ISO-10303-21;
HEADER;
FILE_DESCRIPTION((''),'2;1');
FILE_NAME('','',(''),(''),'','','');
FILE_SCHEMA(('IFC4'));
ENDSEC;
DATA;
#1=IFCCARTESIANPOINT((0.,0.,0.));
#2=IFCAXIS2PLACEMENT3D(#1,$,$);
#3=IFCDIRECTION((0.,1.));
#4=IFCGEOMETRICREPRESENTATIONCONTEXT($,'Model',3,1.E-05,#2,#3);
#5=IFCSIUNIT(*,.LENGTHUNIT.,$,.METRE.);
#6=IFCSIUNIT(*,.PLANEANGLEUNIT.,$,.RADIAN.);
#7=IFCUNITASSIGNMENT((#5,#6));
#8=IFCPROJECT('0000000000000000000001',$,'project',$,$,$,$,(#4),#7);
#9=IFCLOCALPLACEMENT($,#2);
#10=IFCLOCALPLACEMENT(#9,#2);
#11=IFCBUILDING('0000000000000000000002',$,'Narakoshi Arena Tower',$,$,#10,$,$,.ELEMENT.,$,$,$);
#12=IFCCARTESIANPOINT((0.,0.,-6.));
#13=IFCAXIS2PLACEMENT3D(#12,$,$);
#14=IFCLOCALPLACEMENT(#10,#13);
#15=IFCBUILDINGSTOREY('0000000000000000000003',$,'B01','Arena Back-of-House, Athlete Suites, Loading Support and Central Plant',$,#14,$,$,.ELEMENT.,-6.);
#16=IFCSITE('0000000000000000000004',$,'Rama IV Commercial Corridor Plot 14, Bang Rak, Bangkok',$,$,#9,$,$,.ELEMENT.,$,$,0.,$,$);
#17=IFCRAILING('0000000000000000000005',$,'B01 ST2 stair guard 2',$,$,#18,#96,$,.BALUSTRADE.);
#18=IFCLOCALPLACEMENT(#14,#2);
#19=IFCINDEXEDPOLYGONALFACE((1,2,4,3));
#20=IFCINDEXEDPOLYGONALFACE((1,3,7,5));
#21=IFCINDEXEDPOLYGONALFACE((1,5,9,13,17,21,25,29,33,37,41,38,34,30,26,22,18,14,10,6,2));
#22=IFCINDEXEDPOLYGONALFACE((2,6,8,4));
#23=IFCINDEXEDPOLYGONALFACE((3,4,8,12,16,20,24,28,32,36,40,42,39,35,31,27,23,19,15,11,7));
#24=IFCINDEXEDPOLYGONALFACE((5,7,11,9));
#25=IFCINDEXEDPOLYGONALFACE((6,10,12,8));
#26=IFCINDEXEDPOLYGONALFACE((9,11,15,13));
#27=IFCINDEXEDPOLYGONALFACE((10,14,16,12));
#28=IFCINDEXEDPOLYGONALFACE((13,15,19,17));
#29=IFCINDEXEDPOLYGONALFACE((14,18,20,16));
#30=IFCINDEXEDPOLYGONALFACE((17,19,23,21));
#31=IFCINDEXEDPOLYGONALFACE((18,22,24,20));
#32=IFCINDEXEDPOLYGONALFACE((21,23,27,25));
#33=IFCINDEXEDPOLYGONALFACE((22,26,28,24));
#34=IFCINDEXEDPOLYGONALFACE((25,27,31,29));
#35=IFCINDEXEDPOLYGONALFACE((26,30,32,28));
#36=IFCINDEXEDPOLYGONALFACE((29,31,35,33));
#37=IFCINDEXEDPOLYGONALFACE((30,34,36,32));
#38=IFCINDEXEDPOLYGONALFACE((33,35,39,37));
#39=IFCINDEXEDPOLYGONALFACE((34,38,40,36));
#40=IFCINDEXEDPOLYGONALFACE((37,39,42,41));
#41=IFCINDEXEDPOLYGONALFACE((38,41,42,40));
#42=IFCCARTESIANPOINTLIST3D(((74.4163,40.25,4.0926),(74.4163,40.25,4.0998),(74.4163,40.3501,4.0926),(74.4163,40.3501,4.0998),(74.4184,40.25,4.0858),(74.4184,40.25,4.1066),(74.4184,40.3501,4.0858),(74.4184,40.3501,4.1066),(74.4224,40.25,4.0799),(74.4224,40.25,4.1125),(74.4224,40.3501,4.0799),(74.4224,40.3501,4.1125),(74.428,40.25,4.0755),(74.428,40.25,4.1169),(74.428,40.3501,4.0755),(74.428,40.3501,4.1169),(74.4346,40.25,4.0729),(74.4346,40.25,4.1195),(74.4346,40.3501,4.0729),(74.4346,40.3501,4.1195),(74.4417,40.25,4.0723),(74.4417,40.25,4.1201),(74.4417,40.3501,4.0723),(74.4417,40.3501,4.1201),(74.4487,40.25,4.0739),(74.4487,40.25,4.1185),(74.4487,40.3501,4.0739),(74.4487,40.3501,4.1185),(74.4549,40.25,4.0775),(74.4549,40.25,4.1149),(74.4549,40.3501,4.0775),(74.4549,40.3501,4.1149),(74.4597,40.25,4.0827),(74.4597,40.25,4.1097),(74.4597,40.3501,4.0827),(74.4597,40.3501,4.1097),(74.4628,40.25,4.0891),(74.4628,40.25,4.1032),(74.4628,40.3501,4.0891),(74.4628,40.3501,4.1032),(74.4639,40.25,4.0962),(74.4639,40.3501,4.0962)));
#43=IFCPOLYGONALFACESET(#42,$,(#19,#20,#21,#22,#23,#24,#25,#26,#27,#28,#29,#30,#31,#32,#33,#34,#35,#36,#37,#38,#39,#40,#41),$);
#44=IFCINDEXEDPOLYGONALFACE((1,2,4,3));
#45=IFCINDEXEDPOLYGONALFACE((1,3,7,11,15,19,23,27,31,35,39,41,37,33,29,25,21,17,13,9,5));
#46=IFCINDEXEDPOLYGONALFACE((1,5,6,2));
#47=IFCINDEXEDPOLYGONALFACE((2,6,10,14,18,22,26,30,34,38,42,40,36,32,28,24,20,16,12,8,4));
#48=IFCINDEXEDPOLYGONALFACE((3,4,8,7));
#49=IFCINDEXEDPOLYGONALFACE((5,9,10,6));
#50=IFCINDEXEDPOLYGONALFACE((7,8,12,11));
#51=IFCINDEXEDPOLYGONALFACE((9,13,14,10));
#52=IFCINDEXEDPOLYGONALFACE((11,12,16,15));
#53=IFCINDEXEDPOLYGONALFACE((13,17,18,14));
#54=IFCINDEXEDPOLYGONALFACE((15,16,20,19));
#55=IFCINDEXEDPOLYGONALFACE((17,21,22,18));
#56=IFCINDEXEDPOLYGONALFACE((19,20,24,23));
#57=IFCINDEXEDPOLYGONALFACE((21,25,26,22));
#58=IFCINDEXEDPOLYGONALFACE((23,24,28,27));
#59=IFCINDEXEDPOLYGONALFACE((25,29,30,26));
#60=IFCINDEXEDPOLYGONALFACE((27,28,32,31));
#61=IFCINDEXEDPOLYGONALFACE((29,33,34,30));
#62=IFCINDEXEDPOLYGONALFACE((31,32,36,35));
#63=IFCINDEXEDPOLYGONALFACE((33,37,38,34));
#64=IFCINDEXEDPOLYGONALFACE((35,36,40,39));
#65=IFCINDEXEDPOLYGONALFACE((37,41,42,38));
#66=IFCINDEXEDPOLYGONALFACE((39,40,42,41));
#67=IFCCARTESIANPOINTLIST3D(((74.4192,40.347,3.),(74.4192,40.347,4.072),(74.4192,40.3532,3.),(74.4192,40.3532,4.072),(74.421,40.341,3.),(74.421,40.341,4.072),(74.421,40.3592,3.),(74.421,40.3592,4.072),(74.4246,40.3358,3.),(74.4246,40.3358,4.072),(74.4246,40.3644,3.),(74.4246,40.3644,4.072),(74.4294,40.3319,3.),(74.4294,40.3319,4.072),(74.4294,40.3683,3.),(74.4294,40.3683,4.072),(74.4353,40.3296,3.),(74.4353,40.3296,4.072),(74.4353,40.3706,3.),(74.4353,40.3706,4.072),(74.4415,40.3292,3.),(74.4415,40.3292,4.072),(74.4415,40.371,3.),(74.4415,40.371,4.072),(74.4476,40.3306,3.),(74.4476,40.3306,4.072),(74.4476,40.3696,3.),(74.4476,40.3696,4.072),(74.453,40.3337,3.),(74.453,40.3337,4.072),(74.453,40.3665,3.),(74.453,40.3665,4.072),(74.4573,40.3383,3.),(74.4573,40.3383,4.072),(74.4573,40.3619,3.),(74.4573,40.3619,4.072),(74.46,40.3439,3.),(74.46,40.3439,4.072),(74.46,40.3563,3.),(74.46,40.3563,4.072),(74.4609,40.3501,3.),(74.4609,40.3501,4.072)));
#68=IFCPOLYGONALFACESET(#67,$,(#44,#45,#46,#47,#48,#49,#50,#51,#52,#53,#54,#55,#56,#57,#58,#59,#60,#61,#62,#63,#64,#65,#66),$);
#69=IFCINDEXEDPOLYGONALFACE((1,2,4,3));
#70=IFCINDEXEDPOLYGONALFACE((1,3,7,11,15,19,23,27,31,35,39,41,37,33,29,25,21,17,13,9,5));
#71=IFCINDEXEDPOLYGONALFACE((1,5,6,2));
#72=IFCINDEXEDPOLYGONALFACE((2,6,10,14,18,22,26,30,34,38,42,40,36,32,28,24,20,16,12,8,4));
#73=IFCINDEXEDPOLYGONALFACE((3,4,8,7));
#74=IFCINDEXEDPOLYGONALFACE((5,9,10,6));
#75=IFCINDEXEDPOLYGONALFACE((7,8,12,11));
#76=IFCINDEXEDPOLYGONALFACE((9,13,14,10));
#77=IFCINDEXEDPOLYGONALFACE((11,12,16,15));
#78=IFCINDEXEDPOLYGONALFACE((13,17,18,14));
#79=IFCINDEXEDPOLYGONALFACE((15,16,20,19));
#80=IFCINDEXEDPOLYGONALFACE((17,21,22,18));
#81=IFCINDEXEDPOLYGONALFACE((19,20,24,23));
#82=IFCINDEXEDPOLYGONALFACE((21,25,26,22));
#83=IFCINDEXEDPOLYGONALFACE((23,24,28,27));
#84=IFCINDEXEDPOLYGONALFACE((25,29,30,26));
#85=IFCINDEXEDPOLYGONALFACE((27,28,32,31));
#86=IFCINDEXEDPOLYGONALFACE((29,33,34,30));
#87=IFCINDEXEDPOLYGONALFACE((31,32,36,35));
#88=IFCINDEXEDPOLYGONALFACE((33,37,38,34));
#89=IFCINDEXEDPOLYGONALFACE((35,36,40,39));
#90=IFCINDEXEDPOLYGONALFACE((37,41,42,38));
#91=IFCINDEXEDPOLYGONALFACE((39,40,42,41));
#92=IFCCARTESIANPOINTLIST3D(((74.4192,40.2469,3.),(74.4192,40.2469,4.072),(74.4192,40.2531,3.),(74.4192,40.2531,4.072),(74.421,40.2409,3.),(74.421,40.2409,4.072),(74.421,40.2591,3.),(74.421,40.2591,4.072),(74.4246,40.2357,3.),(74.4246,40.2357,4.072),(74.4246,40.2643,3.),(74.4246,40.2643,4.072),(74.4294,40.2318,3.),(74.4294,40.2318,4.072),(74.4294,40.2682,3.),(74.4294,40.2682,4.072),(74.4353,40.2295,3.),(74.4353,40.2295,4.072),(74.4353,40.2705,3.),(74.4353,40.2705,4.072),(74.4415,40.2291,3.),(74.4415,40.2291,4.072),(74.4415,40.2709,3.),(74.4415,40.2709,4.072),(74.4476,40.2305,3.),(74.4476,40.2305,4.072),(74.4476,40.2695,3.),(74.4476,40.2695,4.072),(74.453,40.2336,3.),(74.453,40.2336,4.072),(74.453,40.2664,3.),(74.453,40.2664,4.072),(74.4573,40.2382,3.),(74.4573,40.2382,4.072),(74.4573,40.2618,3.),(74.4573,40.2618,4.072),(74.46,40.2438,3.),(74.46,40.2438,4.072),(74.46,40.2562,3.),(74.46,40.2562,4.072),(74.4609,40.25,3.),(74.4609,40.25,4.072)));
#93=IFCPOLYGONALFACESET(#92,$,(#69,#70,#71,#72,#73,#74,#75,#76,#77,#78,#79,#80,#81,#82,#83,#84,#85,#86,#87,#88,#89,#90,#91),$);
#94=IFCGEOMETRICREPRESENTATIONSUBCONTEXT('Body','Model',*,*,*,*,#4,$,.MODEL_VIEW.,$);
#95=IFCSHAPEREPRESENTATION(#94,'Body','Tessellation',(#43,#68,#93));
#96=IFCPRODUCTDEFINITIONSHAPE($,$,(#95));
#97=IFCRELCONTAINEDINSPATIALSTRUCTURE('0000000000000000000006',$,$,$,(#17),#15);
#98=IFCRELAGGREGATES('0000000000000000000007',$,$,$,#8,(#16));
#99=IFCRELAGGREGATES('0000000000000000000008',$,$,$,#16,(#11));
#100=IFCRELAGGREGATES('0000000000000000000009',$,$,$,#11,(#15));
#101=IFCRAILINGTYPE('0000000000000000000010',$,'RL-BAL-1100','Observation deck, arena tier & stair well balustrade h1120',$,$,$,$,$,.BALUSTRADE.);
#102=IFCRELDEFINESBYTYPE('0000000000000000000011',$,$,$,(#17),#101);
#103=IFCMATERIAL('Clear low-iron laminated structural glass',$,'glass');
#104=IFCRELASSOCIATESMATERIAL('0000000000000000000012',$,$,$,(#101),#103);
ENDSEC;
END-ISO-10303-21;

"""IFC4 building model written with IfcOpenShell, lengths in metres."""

from ifc_helpers import new_model, si_unit, direction, frame, origin, origin_2d, place, context, subcontext, project, spatial, circle, extrude, material, type_object, element, save


model = new_model("IFC4")

# Units and contexts
model_context = context("Model", 3, precision=1e-05, world=origin(), true_north=direction((0.0, 1.0)))
body_context = subcontext(model_context, "Body", "Model", "MODEL_VIEW")
ifc_project = project(units=[si_unit("LENGTHUNIT", "METRE"), si_unit("PLANEANGLEUNIT", "RADIAN")], contexts=[model_context])

# Site, building, storey
site_placement = place(None, origin())
site = spatial("IfcSite", under=ifc_project, at=site_placement, Name="Rama IV Commercial Corridor Plot 14, Bang Rak, Bangkok", CompositionType="ELEMENT", RefElevation=0.0)
building_placement = place(site_placement, origin())
building = spatial("IfcBuilding", under=site, at=building_placement, Name="Narakoshi Arena Tower", CompositionType="ELEMENT")
storey_placement = place(building_placement, frame((0.0, 0.0, -6.0)))
storey = spatial("IfcBuildingStorey", under=building, at=storey_placement, Name="B01", Description="Arena Back-of-House, Athlete Suites, Loading Support and Central Plant", CompositionType="ELEMENT", Elevation=-6.0)

# Railing
ifc_material_1 = material(Name="Clear low-iron laminated structural glass", Category="glass")
railing_type_1 = type_object("IfcRailingType", Name="RL-BAL-1100", Description="Observation deck, arena tier & stair well balustrade h1120", PredefinedType="BALUSTRADE", material=ifc_material_1)
railing_1_placement = place(storey_placement, frame((74.4399, 40.3501, 3.0)))
element("IfcRailing", 1, at=railing_1_placement, inside=storey, type_object=railing_type_1, Name="B01 ST2 stair guard 2", PredefinedType="BALUSTRADE", context=body_context, shape_type="SweptSolid", body=[
    extrude(circle(Radius=0.0239, at=origin_2d()), frame((0.0, 0.0, 1.0962), z_axis=(0.0, -1.0, 0.0), x_axis=(1.0, 0.0, 0.0)), (0.0, 0.0, 1.0), 0.1001),
    extrude(circle(Radius=0.021, at=origin_2d()), origin(), (0.0, 0.0, 1.0), 1.072),
    extrude(circle(Radius=0.021, at=origin_2d()), frame((0.0, -0.1001, 0.0)), (0.0, 0.0, 1.0), 1.072),
])

save(model, "model.ifc")
